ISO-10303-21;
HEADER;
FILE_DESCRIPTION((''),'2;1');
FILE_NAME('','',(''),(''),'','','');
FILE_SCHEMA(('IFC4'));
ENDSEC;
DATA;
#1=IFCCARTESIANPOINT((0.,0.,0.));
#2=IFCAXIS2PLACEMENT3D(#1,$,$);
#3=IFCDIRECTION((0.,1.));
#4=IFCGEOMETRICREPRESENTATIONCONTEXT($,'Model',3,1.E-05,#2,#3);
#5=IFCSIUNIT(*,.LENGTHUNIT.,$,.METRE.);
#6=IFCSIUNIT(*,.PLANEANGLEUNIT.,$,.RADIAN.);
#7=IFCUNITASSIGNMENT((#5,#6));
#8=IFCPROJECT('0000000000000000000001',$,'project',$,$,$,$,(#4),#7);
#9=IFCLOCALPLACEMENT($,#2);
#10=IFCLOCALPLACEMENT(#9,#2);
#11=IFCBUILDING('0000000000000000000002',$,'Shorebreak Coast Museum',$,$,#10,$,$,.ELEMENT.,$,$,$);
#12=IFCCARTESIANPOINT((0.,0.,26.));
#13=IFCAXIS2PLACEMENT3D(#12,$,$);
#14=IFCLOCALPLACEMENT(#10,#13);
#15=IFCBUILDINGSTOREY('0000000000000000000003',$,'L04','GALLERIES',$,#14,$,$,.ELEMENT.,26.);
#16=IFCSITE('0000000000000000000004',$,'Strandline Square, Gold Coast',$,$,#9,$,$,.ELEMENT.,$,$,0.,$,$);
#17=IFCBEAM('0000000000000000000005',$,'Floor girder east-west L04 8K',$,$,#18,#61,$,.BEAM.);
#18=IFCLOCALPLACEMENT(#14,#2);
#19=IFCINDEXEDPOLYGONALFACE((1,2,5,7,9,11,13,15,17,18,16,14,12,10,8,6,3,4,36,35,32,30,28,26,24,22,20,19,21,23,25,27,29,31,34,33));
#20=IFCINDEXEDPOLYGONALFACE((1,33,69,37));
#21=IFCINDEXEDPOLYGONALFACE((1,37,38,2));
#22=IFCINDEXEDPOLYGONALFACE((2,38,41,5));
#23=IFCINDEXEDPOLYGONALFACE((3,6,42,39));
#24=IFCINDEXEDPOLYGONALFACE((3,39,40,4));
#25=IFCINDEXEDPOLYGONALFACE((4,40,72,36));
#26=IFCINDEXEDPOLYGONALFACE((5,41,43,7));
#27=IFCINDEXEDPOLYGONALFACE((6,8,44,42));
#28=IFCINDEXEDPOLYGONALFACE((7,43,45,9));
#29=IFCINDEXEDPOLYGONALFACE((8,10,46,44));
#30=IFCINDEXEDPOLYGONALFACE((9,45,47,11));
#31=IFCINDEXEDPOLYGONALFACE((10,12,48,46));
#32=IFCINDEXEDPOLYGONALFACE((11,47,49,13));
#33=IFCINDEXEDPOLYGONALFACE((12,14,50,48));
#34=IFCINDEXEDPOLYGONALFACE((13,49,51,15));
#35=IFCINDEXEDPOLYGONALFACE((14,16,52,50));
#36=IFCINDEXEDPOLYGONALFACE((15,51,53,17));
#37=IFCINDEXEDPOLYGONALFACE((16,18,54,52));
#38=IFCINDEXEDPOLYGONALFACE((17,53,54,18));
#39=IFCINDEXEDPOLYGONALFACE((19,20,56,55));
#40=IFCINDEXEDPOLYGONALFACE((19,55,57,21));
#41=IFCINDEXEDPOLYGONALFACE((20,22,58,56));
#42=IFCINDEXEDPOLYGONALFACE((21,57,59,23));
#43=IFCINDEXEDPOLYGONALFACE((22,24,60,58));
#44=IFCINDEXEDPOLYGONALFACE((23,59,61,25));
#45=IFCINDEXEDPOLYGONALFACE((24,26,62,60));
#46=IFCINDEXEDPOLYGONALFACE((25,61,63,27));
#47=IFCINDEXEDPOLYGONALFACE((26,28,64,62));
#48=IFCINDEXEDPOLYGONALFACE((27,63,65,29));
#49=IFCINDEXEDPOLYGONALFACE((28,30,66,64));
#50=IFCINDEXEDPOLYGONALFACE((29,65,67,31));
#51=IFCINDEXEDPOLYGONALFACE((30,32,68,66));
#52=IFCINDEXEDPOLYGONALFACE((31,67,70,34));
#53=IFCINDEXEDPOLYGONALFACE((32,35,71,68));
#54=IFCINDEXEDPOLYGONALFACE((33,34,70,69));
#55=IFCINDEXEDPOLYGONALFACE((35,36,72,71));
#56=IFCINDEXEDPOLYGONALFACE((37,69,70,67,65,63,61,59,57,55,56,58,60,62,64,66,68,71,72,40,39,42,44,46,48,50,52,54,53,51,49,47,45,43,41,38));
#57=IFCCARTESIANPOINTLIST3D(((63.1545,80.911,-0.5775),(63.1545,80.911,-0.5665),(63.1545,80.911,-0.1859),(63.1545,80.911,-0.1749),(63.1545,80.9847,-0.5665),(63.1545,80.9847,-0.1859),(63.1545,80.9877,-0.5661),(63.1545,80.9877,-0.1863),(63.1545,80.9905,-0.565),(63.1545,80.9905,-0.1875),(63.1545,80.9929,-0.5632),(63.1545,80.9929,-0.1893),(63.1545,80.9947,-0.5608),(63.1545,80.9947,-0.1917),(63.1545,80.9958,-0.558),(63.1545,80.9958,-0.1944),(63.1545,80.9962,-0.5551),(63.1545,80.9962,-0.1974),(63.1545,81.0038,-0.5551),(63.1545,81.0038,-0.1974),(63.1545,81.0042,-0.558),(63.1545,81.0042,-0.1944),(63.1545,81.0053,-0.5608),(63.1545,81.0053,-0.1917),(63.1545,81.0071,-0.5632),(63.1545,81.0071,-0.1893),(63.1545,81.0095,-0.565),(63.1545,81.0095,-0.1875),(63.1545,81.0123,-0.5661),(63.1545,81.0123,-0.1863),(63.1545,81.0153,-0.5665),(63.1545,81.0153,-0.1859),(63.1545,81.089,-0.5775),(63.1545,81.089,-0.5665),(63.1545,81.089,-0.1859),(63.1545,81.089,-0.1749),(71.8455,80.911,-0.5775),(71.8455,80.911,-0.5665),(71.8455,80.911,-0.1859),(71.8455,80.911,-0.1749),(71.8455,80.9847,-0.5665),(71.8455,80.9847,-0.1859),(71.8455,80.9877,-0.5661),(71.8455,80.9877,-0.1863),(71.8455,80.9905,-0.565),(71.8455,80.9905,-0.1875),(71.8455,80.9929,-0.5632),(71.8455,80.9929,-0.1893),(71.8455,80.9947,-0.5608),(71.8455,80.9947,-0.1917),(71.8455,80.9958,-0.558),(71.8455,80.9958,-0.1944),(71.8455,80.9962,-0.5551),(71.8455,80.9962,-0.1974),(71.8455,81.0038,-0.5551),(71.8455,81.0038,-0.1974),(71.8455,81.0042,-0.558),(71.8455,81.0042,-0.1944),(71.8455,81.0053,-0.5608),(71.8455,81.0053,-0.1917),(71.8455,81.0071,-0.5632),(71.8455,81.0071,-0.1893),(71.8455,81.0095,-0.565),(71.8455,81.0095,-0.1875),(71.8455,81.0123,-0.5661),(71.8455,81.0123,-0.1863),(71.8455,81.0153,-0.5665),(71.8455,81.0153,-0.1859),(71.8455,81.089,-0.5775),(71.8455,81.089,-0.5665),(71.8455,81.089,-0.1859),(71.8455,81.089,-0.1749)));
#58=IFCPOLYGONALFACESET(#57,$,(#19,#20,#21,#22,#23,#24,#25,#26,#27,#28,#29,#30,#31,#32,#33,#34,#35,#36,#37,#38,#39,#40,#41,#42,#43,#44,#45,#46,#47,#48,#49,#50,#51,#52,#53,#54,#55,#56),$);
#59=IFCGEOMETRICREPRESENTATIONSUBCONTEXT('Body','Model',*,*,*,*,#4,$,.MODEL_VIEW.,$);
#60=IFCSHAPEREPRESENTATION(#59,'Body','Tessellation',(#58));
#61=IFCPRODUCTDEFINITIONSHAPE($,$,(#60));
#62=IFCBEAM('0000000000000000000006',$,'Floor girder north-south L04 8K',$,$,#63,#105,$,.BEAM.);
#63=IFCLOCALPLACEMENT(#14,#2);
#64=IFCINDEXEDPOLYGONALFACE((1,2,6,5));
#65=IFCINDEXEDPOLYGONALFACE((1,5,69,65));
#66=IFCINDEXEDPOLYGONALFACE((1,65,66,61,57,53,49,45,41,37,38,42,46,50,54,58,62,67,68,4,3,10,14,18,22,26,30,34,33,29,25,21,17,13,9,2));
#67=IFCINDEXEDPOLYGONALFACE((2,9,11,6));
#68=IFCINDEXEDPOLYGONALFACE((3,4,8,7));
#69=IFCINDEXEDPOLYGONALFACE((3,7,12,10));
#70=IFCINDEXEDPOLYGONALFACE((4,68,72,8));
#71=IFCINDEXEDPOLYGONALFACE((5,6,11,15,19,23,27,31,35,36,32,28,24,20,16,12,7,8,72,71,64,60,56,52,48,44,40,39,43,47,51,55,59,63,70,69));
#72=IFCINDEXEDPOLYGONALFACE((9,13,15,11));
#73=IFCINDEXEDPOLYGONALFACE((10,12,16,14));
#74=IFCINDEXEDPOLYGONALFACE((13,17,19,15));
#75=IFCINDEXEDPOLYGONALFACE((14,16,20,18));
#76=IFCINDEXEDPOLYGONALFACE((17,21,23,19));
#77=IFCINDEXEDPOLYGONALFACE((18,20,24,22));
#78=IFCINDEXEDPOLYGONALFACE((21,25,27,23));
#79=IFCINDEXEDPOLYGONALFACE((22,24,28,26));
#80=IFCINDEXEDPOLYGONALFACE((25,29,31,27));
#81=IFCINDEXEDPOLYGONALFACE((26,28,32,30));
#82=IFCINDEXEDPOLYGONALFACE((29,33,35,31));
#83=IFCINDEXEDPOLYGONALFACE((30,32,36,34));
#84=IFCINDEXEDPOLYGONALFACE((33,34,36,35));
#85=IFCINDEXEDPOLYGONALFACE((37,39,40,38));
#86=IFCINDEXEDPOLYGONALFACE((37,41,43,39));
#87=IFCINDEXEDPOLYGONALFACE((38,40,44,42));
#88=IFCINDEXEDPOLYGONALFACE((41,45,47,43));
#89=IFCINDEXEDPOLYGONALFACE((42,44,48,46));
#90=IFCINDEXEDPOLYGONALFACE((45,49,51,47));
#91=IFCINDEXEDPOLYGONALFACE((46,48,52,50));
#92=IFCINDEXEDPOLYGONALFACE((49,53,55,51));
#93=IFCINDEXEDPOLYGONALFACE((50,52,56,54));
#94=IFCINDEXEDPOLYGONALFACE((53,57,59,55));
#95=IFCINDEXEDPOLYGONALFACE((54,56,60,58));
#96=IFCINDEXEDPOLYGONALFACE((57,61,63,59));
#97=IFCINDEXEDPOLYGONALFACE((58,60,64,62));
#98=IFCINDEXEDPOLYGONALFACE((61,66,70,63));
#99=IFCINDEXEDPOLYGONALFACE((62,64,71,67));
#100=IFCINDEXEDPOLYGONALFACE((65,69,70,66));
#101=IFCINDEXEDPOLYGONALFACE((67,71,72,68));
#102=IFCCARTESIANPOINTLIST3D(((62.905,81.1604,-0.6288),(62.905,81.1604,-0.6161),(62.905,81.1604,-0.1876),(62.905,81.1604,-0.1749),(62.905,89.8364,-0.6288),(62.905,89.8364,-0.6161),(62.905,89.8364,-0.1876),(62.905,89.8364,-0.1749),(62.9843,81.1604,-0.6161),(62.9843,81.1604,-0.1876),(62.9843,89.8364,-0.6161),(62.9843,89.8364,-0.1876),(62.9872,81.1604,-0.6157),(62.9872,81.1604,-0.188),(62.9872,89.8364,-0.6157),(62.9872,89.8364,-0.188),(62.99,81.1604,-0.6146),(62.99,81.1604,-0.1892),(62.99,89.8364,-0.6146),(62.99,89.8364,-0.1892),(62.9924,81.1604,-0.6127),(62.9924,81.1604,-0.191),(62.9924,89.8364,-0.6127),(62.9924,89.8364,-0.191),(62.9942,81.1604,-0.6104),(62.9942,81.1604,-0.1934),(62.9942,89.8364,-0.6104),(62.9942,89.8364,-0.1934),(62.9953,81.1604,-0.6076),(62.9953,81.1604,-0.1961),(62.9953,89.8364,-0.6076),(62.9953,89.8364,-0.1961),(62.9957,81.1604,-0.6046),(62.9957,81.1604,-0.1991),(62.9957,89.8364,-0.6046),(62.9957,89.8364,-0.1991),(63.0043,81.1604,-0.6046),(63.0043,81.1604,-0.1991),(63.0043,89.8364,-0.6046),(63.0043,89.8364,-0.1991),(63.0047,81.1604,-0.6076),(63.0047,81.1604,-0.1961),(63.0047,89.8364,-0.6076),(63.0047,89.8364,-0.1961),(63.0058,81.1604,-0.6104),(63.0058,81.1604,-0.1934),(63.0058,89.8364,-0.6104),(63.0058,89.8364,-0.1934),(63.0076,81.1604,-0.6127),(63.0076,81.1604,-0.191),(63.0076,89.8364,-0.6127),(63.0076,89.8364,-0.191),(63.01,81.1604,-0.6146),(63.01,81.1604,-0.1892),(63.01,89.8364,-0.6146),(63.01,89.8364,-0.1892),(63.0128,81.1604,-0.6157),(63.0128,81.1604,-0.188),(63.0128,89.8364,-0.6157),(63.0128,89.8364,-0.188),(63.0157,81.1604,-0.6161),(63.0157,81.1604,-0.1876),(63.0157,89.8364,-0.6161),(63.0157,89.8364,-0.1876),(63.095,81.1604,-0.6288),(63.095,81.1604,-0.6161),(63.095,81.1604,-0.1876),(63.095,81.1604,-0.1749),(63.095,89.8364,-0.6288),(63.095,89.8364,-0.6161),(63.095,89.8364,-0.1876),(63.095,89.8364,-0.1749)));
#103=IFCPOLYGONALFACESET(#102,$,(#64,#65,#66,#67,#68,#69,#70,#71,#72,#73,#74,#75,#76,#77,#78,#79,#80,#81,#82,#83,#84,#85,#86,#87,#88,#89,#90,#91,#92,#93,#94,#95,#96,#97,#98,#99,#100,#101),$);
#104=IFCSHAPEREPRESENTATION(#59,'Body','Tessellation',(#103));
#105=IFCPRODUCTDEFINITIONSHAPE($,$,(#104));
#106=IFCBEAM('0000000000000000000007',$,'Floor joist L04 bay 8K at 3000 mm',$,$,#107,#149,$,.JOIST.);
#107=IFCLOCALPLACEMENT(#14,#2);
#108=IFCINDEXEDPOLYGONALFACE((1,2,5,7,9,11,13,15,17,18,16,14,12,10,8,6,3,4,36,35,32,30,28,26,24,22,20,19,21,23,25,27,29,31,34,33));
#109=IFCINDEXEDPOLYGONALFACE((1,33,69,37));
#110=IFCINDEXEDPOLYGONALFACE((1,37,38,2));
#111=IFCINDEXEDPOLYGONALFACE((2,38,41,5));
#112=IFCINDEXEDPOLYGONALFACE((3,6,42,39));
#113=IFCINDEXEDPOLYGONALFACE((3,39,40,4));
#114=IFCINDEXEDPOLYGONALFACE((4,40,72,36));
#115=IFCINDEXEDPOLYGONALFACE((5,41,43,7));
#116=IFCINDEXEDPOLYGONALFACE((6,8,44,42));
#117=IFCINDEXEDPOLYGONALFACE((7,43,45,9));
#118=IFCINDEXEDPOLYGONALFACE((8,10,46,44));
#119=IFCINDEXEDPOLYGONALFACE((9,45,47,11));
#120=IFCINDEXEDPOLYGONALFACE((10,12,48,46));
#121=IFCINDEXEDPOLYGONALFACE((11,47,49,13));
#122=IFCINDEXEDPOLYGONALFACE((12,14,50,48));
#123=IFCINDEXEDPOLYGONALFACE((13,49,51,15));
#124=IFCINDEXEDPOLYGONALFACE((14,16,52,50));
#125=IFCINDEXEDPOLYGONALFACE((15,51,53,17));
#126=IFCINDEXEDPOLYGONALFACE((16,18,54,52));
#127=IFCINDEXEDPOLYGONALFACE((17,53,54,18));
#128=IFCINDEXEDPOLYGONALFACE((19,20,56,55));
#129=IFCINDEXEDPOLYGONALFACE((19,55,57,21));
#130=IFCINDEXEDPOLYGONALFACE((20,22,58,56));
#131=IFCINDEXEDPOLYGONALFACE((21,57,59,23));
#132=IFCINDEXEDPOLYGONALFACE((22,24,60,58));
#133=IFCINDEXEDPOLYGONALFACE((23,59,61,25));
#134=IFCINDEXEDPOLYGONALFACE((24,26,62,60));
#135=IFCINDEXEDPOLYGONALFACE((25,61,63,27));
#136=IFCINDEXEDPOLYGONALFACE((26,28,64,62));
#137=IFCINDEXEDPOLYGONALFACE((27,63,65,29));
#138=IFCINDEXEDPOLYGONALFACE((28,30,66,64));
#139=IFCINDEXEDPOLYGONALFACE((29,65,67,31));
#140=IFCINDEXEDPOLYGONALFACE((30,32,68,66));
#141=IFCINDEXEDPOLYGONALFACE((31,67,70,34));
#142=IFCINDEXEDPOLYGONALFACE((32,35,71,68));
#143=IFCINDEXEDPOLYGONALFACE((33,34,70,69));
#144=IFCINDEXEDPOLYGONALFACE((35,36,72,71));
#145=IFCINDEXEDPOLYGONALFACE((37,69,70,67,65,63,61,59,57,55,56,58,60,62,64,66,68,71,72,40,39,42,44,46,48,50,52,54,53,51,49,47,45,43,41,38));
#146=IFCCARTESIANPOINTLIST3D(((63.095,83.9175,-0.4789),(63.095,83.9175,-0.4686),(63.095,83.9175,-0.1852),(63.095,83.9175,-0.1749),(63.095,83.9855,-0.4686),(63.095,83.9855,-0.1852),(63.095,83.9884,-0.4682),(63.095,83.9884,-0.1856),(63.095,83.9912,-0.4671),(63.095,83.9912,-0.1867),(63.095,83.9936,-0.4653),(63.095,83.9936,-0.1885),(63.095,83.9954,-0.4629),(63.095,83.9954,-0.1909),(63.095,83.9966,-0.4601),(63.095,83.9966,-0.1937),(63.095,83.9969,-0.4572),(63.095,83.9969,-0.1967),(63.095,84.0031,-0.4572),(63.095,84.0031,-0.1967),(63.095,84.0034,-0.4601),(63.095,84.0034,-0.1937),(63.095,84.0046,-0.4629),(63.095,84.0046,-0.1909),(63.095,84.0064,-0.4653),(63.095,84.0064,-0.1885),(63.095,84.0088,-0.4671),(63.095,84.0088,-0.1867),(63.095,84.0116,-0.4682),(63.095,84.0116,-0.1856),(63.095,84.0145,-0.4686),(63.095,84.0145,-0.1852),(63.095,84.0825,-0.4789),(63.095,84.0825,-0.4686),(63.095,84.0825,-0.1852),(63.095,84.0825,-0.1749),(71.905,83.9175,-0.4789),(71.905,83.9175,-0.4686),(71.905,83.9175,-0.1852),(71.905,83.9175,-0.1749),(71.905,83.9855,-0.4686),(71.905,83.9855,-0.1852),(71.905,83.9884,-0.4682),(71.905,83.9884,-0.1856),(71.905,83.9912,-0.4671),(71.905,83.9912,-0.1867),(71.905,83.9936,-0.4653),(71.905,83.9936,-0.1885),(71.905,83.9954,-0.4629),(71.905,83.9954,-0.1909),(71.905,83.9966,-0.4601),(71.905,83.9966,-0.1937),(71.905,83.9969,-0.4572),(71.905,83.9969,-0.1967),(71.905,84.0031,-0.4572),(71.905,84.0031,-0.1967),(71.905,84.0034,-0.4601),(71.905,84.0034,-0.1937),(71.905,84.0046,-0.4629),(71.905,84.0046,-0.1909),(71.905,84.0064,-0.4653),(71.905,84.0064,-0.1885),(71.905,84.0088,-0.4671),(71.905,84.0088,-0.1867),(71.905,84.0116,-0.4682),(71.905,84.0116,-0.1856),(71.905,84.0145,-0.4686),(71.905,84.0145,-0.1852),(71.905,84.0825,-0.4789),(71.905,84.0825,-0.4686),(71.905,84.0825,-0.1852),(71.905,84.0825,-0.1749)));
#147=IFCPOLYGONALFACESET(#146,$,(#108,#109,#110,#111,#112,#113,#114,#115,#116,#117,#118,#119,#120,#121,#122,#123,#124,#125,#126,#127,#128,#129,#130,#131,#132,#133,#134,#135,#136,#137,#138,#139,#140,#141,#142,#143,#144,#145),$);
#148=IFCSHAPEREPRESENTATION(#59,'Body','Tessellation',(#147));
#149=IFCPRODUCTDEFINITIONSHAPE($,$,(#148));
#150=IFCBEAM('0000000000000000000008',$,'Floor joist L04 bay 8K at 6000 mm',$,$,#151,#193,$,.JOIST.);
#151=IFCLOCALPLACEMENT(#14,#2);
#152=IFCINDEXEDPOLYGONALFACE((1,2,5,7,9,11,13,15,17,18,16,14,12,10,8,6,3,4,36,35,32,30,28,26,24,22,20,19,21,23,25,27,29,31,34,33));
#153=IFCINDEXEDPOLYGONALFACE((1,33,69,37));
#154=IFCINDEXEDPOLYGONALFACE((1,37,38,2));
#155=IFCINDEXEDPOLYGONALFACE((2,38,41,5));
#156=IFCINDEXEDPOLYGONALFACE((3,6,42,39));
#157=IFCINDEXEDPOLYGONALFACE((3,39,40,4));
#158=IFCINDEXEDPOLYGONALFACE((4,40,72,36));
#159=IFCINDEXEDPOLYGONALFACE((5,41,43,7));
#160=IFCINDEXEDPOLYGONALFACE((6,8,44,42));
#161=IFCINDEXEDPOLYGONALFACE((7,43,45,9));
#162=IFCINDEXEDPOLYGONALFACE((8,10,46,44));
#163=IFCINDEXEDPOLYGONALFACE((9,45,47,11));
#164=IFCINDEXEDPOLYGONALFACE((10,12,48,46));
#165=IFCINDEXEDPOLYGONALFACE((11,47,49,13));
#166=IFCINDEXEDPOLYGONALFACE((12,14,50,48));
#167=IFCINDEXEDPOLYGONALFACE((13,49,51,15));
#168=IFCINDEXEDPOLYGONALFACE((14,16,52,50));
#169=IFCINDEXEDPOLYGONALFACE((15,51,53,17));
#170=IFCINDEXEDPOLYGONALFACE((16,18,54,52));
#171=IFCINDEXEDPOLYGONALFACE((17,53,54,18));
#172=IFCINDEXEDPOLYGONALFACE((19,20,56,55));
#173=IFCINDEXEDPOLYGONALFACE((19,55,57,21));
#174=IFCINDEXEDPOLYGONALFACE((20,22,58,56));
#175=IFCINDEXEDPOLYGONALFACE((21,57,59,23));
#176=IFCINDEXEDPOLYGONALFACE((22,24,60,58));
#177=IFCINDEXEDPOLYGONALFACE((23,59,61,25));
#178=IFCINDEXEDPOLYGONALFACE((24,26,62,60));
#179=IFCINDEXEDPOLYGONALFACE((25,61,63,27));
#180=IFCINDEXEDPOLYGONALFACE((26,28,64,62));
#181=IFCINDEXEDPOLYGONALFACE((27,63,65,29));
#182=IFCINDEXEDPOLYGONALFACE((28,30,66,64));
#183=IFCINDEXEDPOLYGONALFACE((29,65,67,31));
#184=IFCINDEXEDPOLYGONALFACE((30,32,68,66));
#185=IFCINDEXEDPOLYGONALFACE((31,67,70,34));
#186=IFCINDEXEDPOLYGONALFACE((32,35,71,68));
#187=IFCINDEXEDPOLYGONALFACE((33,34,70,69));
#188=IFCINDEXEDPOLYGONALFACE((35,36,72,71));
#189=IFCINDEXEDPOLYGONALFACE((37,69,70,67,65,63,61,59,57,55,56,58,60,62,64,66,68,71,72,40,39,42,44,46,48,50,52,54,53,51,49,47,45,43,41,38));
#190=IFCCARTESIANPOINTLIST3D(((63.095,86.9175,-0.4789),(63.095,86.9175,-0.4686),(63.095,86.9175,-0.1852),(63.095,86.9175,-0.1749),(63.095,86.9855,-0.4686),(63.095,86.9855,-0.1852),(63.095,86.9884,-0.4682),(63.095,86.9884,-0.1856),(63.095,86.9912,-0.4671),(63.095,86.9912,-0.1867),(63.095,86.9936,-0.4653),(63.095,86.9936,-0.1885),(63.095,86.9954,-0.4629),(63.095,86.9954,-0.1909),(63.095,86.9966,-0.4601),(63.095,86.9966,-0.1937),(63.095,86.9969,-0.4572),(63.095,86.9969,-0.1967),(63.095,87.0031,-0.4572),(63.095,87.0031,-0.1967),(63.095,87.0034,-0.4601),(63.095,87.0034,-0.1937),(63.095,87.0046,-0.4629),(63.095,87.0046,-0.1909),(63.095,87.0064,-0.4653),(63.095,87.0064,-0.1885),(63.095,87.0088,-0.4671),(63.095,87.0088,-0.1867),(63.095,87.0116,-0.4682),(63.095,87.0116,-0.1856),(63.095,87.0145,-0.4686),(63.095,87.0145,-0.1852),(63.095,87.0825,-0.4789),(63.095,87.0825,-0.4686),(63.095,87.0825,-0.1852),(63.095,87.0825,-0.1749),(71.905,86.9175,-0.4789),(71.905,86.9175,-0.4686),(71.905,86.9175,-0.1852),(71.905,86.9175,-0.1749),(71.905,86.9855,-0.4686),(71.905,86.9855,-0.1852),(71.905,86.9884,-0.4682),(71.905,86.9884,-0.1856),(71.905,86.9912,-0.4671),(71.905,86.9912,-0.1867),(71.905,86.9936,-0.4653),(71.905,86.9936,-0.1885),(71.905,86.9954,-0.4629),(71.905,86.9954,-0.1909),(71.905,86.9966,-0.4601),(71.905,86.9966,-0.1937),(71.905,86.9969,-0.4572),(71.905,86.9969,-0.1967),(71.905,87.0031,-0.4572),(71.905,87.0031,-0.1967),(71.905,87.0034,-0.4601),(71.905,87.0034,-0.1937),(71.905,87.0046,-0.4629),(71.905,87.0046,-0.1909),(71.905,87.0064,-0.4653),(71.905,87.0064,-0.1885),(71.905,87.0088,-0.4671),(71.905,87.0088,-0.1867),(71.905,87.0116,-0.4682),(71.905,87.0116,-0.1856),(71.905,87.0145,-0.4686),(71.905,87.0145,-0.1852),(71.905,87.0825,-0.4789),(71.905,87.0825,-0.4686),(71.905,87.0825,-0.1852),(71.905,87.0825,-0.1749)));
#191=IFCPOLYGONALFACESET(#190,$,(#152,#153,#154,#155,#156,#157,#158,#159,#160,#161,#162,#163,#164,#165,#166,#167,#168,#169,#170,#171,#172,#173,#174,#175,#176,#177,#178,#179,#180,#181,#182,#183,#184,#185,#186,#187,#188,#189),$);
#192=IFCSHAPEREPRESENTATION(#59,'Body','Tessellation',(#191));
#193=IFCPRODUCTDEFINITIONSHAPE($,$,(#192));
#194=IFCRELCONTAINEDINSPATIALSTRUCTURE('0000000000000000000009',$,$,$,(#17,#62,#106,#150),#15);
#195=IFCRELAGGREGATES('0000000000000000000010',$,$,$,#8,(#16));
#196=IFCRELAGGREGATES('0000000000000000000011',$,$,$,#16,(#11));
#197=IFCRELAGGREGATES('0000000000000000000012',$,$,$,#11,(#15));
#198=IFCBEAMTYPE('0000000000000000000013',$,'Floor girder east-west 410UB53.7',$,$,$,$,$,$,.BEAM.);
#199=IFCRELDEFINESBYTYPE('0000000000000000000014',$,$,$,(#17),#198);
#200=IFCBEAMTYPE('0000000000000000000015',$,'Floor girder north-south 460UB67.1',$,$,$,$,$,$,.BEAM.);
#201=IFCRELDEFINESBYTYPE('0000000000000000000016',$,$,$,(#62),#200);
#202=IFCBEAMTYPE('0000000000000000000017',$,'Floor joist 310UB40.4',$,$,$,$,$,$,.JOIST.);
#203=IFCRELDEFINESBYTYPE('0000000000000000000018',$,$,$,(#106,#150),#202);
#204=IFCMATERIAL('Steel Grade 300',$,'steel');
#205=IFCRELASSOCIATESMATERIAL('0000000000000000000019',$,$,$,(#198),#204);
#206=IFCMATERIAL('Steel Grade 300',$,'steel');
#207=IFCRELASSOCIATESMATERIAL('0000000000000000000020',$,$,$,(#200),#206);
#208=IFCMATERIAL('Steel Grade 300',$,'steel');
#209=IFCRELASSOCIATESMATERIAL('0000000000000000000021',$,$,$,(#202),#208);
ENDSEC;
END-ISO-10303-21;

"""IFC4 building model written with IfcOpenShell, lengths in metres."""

from ifc_helpers import new_model, si_unit, direction, frame, origin, origin_2d, place, context, subcontext, project, spatial, i_section, extrude, material, material_profile, profile_set, type_object, element, save


model = new_model("IFC4")

# Units and contexts
model_context = context("Model", 3, precision=1e-05, world=origin(), true_north=direction((0.0, 1.0)))
body_context = subcontext(model_context, "Body", "Model", "MODEL_VIEW")
ifc_project = project(units=[si_unit("LENGTHUNIT", "METRE"), si_unit("PLANEANGLEUNIT", "RADIAN")], contexts=[model_context])

# Site, building, storey
site_placement = place(None, origin())
site = spatial("IfcSite", under=ifc_project, at=site_placement, Name="Strandline Square, Gold Coast", CompositionType="ELEMENT", RefElevation=0.0)
building_placement = place(site_placement, origin())
building = spatial("IfcBuilding", under=site, at=building_placement, Name="Shorebreak Coast Museum", CompositionType="ELEMENT")
storey_placement = place(building_placement, frame((0.0, 0.0, 26.0)))
storey = spatial("IfcBuildingStorey", under=building, at=storey_placement, Name="L04", Description="GALLERIES", CompositionType="ELEMENT", Elevation=26.0)

# Beams
ifc_material_1 = material(Name="Steel Grade 300", Category="steel")
ifc_material_profile_1 = material_profile(ifc_material_1, i_section(OverallWidth=0.178, OverallDepth=0.4026, WebThickness=0.0076, FlangeThickness=0.011, FilletRadius=0.0115, at=origin_2d()), Name="410UB53.7")
ifc_profile_set_1 = profile_set([ifc_material_profile_1], Name="Steel Grade 300")
beam_type_1 = type_object("IfcBeamType", Name="Floor girder east-west 410UB53.7", PredefinedType="BEAM", material=ifc_profile_set_1)
beam_1_placement = place(storey_placement, frame((63.1545, 81.0, -0.3762), z_axis=(1.0, 0.0, 0.0), x_axis=(0.0, 1.0, 0.0)))
element("IfcBeam", 1, at=beam_1_placement, inside=storey, type_object=beam_type_1, Name="Floor girder east-west L04 8K", PredefinedType="BEAM", context=body_context, shape_type="SweptSolid", body=[
    extrude(i_section(OverallWidth=0.178, OverallDepth=0.4026, WebThickness=0.0076, FlangeThickness=0.011, FilletRadius=0.0115, at=origin_2d()), origin(), (0.0, 0.0, 1.0), 8.6909),
])
ifc_material_2 = material(Name="Steel Grade 300", Category="steel")
ifc_material_profile_2 = material_profile(ifc_material_2, i_section(OverallWidth=0.1899, OverallDepth=0.4539, WebThickness=0.0085, FlangeThickness=0.0127, FilletRadius=0.0115, at=origin_2d()), Name="460UB67.1")
ifc_profile_set_2 = profile_set([ifc_material_profile_2], Name="Steel Grade 300")
beam_type_2 = type_object("IfcBeamType", Name="Floor girder north-south 460UB67.1", PredefinedType="BEAM", material=ifc_profile_set_2)
beam_2_placement = place(storey_placement, frame((63.0, 81.1604, -0.4019), z_axis=(0.0, 1.0, 0.0), x_axis=(-1.0, 0.0, 0.0)))
element("IfcBeam", 2, at=beam_2_placement, inside=storey, type_object=beam_type_2, Name="Floor girder north-south L04 8K", PredefinedType="BEAM", context=body_context, shape_type="SweptSolid", body=[
    extrude(i_section(OverallWidth=0.1899, OverallDepth=0.4539, WebThickness=0.0085, FlangeThickness=0.0127, FilletRadius=0.0115, at=origin_2d()), origin(), (0.0, 0.0, 1.0), 8.676),
])
ifc_material_3 = material(Name="Steel Grade 300", Category="steel")
ifc_material_profile_3 = material_profile(ifc_material_3, i_section(OverallWidth=0.165, OverallDepth=0.304, WebThickness=0.0061, FlangeThickness=0.0103, FilletRadius=0.0115, at=origin_2d()), Name="310UB40.4")
ifc_profile_set_3 = profile_set([ifc_material_profile_3], Name="Steel Grade 300")
beam_type_3 = type_object("IfcBeamType", Name="Floor joist 310UB40.4", PredefinedType="JOIST", material=ifc_profile_set_3)
for number, where, z_axis, x_axis, name in (
    (3, (63.095, 84.0, -0.3269), (1.0, 0.0, 0.0), (0.0, 1.0, 0.0), "Floor joist L04 bay 8K at 3000 mm"),
    (4, (63.095, 87.0, -0.3269), (1.0, 0.0, 0.0), (0.0, 1.0, 0.0), "Floor joist L04 bay 8K at 6000 mm"),
):
    element("IfcBeam", number, at=place(storey_placement, frame(where, z_axis=z_axis, x_axis=x_axis)), inside=storey, type_object=beam_type_3, Name=name, PredefinedType="JOIST", context=body_context, shape_type="SweptSolid", body=[
        extrude(i_section(OverallWidth=0.165, OverallDepth=0.304, WebThickness=0.0061, FlangeThickness=0.0103, FilletRadius=0.0115, at=origin_2d()), origin(), (0.0, 0.0, 1.0), 8.8101),
    ])

save(model, "model.ifc")
